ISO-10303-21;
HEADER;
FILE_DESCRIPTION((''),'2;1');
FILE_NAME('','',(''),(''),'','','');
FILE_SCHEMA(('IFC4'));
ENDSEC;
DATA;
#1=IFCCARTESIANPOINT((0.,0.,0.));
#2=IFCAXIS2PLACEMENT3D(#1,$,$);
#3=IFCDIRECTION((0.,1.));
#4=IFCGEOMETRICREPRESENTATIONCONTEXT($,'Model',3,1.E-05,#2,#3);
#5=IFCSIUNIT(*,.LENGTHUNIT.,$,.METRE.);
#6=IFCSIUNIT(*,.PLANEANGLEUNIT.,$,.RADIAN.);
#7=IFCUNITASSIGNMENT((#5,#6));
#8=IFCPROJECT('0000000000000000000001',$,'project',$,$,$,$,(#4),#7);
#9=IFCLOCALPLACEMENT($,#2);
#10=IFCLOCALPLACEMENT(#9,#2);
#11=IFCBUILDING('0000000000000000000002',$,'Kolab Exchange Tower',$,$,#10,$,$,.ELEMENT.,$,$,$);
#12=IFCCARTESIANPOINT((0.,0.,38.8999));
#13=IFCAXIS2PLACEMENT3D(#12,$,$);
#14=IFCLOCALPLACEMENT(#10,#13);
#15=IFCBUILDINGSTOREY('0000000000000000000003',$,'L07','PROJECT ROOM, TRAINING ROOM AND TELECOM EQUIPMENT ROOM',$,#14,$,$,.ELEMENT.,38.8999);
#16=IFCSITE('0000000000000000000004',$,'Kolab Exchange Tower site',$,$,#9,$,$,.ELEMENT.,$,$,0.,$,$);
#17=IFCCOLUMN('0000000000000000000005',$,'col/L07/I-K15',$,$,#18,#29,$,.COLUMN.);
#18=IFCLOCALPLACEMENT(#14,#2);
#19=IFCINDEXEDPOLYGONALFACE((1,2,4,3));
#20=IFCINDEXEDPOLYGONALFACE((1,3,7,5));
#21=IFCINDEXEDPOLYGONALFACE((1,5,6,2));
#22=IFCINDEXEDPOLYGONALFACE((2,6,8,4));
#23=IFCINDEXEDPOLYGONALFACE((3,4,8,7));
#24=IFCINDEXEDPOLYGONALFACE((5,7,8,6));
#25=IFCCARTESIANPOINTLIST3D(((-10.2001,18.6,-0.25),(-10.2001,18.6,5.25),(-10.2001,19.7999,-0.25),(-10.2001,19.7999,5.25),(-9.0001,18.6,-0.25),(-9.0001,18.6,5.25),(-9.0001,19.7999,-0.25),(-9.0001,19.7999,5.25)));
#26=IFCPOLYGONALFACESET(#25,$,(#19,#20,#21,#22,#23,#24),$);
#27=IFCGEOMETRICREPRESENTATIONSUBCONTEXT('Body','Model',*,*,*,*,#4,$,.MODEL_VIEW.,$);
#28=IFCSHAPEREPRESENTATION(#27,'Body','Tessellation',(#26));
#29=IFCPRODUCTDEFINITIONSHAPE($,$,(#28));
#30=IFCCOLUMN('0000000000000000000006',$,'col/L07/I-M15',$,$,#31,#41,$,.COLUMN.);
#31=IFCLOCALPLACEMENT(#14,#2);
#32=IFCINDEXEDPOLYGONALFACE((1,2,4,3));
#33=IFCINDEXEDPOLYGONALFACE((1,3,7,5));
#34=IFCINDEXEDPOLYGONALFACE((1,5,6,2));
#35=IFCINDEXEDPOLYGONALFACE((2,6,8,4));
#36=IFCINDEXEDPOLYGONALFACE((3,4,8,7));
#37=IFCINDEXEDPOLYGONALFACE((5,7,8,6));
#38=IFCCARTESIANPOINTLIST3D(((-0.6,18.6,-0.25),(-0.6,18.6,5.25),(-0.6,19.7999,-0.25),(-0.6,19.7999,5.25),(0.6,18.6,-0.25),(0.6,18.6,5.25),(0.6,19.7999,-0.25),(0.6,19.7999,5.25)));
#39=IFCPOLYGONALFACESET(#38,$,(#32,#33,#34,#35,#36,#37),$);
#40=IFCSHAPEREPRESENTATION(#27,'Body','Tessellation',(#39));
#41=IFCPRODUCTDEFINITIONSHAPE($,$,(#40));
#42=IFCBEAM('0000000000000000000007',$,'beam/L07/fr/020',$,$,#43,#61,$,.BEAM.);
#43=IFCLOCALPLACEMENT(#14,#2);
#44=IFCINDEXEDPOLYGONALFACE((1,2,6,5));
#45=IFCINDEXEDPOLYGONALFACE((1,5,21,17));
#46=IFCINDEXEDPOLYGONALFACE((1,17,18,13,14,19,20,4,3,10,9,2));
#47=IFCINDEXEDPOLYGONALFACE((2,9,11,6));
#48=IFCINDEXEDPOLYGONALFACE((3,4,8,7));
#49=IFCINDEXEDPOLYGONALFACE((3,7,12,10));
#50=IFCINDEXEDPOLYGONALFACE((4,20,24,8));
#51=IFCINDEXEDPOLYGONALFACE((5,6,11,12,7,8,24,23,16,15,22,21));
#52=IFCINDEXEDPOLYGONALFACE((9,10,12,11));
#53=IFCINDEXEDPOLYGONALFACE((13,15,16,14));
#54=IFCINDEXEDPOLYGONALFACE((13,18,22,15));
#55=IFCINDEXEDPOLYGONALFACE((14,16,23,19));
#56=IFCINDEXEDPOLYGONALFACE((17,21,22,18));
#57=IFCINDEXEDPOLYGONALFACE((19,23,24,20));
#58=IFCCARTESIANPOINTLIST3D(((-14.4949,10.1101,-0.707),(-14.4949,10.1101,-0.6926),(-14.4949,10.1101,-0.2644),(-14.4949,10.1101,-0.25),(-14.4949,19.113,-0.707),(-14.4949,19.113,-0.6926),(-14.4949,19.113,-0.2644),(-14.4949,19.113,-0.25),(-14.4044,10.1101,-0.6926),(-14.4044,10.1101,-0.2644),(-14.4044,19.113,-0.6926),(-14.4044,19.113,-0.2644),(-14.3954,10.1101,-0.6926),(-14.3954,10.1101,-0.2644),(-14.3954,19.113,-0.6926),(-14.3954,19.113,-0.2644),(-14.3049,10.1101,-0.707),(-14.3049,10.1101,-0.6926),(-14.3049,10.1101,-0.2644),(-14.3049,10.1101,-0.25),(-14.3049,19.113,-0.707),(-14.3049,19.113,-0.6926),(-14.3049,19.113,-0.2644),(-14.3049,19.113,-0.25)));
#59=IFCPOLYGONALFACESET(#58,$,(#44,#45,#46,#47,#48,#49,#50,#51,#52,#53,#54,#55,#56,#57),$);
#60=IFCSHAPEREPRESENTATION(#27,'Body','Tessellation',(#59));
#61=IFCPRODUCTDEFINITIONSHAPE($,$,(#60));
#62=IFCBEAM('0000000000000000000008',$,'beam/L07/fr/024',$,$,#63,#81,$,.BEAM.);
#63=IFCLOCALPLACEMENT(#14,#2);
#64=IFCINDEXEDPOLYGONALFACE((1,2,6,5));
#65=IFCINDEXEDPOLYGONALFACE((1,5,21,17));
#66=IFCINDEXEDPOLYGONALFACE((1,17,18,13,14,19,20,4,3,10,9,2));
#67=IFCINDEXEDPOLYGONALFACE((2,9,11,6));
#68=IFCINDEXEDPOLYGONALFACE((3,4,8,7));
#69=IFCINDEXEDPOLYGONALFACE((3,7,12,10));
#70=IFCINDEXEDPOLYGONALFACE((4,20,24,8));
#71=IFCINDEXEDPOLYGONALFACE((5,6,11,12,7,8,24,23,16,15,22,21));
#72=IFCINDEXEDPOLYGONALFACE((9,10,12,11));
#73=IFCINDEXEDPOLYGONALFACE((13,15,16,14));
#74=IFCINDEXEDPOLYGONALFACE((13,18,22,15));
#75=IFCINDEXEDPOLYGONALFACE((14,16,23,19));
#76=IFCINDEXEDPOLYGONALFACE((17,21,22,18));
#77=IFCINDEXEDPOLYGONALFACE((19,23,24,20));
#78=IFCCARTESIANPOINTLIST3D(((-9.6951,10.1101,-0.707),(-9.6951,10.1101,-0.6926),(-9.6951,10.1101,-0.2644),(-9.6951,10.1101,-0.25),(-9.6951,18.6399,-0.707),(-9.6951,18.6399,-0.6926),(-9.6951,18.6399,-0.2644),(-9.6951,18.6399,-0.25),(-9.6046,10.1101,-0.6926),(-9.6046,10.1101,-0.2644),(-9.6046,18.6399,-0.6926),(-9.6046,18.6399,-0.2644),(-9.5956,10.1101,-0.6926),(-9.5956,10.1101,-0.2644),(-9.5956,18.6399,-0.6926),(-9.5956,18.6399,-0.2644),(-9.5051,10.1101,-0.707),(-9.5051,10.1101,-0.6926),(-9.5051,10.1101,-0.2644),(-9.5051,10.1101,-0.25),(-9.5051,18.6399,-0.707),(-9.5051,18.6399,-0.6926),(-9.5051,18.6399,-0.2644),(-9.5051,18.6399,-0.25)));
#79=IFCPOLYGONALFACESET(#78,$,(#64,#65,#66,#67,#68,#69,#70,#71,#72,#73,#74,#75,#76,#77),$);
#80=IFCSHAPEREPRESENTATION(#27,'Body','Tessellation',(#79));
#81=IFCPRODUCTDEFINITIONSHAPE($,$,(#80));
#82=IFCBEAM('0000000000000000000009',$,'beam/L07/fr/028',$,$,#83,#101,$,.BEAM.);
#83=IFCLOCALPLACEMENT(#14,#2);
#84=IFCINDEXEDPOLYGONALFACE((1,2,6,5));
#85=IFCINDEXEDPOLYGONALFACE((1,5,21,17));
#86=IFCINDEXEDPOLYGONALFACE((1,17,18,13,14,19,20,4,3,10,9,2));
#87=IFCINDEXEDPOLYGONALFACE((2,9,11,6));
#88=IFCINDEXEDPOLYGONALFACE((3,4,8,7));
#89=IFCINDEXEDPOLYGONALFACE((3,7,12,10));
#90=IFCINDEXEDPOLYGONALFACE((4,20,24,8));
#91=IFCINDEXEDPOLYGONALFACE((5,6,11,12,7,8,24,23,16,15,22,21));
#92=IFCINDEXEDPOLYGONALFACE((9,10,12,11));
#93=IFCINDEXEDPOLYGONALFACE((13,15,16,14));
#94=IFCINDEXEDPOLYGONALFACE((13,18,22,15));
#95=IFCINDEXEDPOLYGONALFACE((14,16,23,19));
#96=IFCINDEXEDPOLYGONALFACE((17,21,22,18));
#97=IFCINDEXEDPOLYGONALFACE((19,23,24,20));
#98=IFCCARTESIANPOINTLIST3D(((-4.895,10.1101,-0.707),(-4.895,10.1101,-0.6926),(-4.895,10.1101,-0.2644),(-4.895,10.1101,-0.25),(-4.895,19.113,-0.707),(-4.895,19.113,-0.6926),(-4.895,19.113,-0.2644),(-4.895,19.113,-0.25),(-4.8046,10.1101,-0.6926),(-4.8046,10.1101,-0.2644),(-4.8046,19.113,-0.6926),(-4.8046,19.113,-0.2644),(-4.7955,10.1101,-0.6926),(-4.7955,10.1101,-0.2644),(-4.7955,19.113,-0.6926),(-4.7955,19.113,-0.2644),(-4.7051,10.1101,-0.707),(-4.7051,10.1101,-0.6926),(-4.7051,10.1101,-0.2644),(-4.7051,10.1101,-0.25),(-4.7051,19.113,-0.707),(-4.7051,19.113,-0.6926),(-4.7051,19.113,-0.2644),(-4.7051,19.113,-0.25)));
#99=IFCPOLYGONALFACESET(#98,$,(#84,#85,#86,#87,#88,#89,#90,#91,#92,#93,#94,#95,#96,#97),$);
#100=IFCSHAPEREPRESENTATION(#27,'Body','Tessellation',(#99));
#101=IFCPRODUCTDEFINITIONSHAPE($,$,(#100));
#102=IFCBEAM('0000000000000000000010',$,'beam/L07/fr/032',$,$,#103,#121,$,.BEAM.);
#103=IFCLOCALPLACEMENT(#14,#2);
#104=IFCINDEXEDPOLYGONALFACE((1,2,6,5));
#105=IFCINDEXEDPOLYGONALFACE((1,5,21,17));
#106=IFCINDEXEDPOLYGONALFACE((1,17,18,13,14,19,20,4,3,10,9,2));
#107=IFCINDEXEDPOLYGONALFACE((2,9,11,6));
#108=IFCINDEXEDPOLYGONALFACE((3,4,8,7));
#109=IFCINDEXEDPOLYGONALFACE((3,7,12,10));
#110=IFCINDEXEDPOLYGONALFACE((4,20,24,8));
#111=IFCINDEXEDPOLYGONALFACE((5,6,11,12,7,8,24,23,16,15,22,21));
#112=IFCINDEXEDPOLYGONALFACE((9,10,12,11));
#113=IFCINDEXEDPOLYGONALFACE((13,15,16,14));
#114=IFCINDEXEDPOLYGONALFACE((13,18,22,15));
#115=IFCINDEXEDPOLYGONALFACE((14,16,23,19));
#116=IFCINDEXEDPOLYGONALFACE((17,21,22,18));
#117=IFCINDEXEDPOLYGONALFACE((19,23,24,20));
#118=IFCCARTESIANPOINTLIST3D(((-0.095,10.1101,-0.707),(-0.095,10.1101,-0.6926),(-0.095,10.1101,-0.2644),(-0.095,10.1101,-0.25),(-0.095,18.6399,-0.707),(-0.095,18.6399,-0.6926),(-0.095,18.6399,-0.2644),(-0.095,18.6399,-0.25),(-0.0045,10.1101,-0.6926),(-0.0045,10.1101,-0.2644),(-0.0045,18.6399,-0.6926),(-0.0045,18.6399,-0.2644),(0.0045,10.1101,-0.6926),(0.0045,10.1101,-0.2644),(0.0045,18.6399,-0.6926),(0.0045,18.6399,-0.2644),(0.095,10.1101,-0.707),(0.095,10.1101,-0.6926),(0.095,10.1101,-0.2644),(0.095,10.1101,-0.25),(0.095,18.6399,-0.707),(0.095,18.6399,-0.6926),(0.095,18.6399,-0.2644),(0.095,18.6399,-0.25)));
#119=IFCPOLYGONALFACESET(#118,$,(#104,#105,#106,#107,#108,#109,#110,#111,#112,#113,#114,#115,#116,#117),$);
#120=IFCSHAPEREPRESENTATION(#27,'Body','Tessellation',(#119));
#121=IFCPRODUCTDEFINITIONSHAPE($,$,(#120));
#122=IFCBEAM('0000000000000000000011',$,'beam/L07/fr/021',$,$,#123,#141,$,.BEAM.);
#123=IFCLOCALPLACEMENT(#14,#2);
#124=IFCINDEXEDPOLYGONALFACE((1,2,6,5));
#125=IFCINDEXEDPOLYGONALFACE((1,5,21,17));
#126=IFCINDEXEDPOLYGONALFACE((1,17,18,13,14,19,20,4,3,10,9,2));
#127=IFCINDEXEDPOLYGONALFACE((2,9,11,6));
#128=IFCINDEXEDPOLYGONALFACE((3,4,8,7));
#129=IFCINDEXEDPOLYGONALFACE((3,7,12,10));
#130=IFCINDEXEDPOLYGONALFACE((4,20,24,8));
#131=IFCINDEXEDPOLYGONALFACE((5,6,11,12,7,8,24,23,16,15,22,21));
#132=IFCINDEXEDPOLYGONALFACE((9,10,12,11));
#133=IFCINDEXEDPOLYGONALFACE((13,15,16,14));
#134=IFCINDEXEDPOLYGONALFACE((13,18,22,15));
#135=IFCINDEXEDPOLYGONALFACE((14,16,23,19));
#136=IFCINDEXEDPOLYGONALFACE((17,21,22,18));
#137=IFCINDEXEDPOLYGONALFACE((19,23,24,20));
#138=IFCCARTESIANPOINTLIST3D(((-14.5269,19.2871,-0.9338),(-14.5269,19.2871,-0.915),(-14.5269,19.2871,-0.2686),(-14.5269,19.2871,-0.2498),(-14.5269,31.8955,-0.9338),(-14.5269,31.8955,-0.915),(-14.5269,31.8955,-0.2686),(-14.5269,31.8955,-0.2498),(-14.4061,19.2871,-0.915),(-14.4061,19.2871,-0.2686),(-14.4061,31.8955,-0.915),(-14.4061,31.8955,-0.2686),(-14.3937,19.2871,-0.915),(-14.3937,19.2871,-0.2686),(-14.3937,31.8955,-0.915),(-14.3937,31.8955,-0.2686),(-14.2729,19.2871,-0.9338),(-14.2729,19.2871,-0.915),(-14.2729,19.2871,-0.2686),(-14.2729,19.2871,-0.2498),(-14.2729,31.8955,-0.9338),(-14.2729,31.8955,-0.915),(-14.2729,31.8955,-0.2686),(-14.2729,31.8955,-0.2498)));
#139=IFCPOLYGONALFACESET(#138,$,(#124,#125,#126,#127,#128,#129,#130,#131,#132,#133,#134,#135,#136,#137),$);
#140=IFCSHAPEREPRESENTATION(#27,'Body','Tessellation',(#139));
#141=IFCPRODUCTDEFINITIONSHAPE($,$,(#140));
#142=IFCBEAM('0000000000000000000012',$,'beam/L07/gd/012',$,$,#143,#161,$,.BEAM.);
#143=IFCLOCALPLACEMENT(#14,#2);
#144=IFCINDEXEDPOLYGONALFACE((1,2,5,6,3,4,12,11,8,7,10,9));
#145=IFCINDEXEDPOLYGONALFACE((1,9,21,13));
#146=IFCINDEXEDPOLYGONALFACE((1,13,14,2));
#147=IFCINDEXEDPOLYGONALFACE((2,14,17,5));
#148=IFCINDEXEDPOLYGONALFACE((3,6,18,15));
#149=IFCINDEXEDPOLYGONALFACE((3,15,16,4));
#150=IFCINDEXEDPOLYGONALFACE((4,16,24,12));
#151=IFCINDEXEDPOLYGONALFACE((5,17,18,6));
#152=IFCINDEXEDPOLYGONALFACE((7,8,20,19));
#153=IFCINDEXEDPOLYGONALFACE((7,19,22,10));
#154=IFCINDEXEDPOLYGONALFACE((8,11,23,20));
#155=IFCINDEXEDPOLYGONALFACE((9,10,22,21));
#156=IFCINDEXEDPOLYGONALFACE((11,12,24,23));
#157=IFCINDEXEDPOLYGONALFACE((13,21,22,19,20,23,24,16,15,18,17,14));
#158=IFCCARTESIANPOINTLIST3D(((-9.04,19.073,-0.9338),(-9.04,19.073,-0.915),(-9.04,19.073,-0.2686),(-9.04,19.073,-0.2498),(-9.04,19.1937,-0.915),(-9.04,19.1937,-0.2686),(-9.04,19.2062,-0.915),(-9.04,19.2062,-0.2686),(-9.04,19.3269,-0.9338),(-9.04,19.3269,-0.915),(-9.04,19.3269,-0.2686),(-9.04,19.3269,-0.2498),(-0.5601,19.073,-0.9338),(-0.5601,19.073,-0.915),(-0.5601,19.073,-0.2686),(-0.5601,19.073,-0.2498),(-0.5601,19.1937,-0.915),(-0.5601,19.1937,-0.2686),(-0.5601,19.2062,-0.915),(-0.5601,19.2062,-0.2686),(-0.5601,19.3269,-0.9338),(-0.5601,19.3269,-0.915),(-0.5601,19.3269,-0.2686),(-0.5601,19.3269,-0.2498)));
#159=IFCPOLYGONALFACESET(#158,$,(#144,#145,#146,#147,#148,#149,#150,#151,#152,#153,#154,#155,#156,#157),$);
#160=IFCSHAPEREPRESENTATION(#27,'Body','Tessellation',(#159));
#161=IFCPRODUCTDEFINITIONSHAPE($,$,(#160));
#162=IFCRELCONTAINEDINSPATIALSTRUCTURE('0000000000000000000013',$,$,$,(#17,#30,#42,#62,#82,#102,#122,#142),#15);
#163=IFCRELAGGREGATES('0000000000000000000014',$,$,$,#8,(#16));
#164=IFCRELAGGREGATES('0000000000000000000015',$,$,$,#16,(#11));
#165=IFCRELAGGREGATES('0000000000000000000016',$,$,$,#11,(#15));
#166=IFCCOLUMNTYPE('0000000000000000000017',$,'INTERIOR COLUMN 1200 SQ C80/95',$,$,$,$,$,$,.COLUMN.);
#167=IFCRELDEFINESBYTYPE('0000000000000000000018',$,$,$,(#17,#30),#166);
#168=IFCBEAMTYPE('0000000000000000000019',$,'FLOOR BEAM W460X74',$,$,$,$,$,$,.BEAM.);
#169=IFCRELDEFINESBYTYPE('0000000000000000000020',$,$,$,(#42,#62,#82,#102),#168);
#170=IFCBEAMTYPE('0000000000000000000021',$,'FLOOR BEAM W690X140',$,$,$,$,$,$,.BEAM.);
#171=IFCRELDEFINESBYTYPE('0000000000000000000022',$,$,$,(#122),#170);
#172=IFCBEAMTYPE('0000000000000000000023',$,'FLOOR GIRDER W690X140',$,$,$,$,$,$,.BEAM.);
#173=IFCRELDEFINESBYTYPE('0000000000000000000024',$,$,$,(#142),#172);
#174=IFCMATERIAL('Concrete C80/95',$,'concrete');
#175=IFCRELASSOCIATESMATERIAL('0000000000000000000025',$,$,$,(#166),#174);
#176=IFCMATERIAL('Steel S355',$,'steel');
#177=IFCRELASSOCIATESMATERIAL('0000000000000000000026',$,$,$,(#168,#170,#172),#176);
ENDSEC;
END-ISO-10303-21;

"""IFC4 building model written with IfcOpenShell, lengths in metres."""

from ifc_helpers import new_model, si_unit, direction, frame, origin, origin_2d, place, context, subcontext, project, spatial, rectangle, i_section, extrude, material, material_profile, profile_set, type_object, element, save


model = new_model("IFC4")

# Units and contexts
model_context = context("Model", 3, precision=1e-05, world=origin(), true_north=direction((0.0, 1.0)))
body_context = subcontext(model_context, "Body", "Model", "MODEL_VIEW")
ifc_project = project(units=[si_unit("LENGTHUNIT", "METRE"), si_unit("PLANEANGLEUNIT", "RADIAN")], contexts=[model_context])

# Site, building, storey
site_placement = place(None, origin())
site = spatial("IfcSite", under=ifc_project, at=site_placement, Name="Kolab Exchange Tower site", CompositionType="ELEMENT", RefElevation=0.0)
building_placement = place(site_placement, origin())
building = spatial("IfcBuilding", under=site, at=building_placement, Name="Kolab Exchange Tower", CompositionType="ELEMENT")
storey_placement = place(building_placement, frame((0.0, 0.0, 38.8999)))
storey = spatial("IfcBuildingStorey", under=building, at=storey_placement, Name="L07", Description="PROJECT ROOM, TRAINING ROOM AND TELECOM EQUIPMENT ROOM", CompositionType="ELEMENT", Elevation=38.8999)

# Columns
ifc_material_1 = material(Name="Concrete C80/95", Category="concrete")
ifc_material_profile_1 = material_profile(ifc_material_1, rectangle(XDim=1.2, YDim=1.2, at=origin_2d()), Name="RC1200")
ifc_profile_set_1 = profile_set([ifc_material_profile_1], Name="Concrete C80/95")
column_type = type_object("IfcColumnType", Name="INTERIOR COLUMN 1200 SQ C80/95", PredefinedType="COLUMN", material=ifc_profile_set_1)
for number, where, z_axis, x_axis, name in (
    (1, (-9.6001, 19.2, -0.25), (0.0, 0.0, 1.0), (1.0, 0.0, 0.0), "col/L07/I-K15"),
    (2, (0.0, 19.2, -0.25), (0.0, 0.0, 1.0), (1.0, 0.0, 0.0), "col/L07/I-M15"),
):
    element("IfcColumn", number, at=place(storey_placement, frame(where, z_axis=z_axis, x_axis=x_axis)), inside=storey, type_object=column_type, Name=name, PredefinedType="COLUMN", context=body_context, shape_type="SweptSolid", body=[
        extrude(rectangle(XDim=1.2, YDim=1.2, at=origin_2d()), origin(), (0.0, 0.0, 1.0), 5.5),
    ])

# Beams
ifc_material_2 = material(Name="Steel S355", Category="steel")
ifc_material_profile_2 = material_profile(ifc_material_2, i_section(OverallWidth=0.1899, OverallDepth=0.457, WebThickness=0.009, FlangeThickness=0.0144, at=origin_2d()), Name="W460X74")
ifc_profile_set_2 = profile_set([ifc_material_profile_2], Name="Steel S355")
beam_type_1 = type_object("IfcBeamType", Name="FLOOR BEAM W460X74", PredefinedType="BEAM", material=ifc_profile_set_2)
beam_1_placement = place(storey_placement, frame((-14.3999, 10.1101, -0.4785), z_axis=(0.0, 1.0, 0.0), x_axis=(-1.0, 0.0, 0.0)))
element("IfcBeam", 3, at=beam_1_placement, inside=storey, type_object=beam_type_1, Name="beam/L07/fr/020", PredefinedType="BEAM", context=body_context, shape_type="SweptSolid", body=[
    extrude(i_section(OverallWidth=0.1899, OverallDepth=0.457, WebThickness=0.009, FlangeThickness=0.0144, at=origin_2d()), origin(), (0.0, 0.0, 1.0), 9.0029),
])
beam_2_placement = place(storey_placement, frame((-9.6001, 10.1101, -0.4785), z_axis=(0.0, 1.0, 0.0), x_axis=(-1.0, 0.0, 0.0)))
element("IfcBeam", 4, at=beam_2_placement, inside=storey, type_object=beam_type_1, Name="beam/L07/fr/024", PredefinedType="BEAM", context=body_context, shape_type="SweptSolid", body=[
    extrude(i_section(OverallWidth=0.1899, OverallDepth=0.457, WebThickness=0.009, FlangeThickness=0.0144, at=origin_2d()), origin(), (0.0, 0.0, 1.0), 8.5298),
])
beam_3_placement = place(storey_placement, frame((-4.8, 10.1101, -0.4785), z_axis=(0.0, 1.0, 0.0), x_axis=(-1.0, 0.0, 0.0)))
element("IfcBeam", 5, at=beam_3_placement, inside=storey, type_object=beam_type_1, Name="beam/L07/fr/028", PredefinedType="BEAM", context=body_context, shape_type="SweptSolid", body=[
    extrude(i_section(OverallWidth=0.1899, OverallDepth=0.457, WebThickness=0.009, FlangeThickness=0.0144, at=origin_2d()), origin(), (0.0, 0.0, 1.0), 9.0029),
])
beam_4_placement = place(storey_placement, frame((0.0, 10.1101, -0.4785), z_axis=(0.0, 1.0, 0.0), x_axis=(-1.0, 0.0, 0.0)))
element("IfcBeam", 6, at=beam_4_placement, inside=storey, type_object=beam_type_1, Name="beam/L07/fr/032", PredefinedType="BEAM", context=body_context, shape_type="SweptSolid", body=[
    extrude(i_section(OverallWidth=0.1899, OverallDepth=0.457, WebThickness=0.009, FlangeThickness=0.0144, at=origin_2d()), origin(), (0.0, 0.0, 1.0), 8.5298),
])
ifc_material_profile_3 = material_profile(ifc_material_2, i_section(OverallWidth=0.2539, OverallDepth=0.6841, WebThickness=0.0125, FlangeThickness=0.0188, at=origin_2d()), Name="W690X140")
ifc_profile_set_3 = profile_set([ifc_material_profile_3], Name="Steel S355")
beam_type_2 = type_object("IfcBeamType", Name="FLOOR BEAM W690X140", PredefinedType="BEAM", material=ifc_profile_set_3)
beam_5_placement = place(storey_placement, frame((-14.3999, 19.2871, -0.5918), z_axis=(0.0, 1.0, 0.0), x_axis=(-1.0, 0.0, 0.0)))
element("IfcBeam", 7, at=beam_5_placement, inside=storey, type_object=beam_type_2, Name="beam/L07/fr/021", PredefinedType="BEAM", context=body_context, shape_type="SweptSolid", body=[
    extrude(i_section(OverallWidth=0.2539, OverallDepth=0.6841, WebThickness=0.0125, FlangeThickness=0.0188, at=origin_2d()), origin(), (0.0, 0.0, 1.0), 12.6084),
])
ifc_material_profile_4 = material_profile(ifc_material_2, i_section(OverallWidth=0.2539, OverallDepth=0.6841, WebThickness=0.0125, FlangeThickness=0.0188, at=origin_2d()), Name="W690X140")
ifc_profile_set_4 = profile_set([ifc_material_profile_4], Name="Steel S355")
beam_type_3 = type_object("IfcBeamType", Name="FLOOR GIRDER W690X140", PredefinedType="BEAM", material=ifc_profile_set_4)
beam_6_placement = place(storey_placement, frame((-9.04, 19.2, -0.5918), z_axis=(1.0, 0.0, 0.0), x_axis=(0.0, 1.0, 0.0)))
element("IfcBeam", 8, at=beam_6_placement, inside=storey, type_object=beam_type_3, Name="beam/L07/gd/012", PredefinedType="BEAM", context=body_context, shape_type="SweptSolid", body=[
    extrude(i_section(OverallWidth=0.2539, OverallDepth=0.6841, WebThickness=0.0125, FlangeThickness=0.0188, at=origin_2d()), origin(), (0.0, 0.0, 1.0), 8.48),
])

save(model, "model.ifc")
